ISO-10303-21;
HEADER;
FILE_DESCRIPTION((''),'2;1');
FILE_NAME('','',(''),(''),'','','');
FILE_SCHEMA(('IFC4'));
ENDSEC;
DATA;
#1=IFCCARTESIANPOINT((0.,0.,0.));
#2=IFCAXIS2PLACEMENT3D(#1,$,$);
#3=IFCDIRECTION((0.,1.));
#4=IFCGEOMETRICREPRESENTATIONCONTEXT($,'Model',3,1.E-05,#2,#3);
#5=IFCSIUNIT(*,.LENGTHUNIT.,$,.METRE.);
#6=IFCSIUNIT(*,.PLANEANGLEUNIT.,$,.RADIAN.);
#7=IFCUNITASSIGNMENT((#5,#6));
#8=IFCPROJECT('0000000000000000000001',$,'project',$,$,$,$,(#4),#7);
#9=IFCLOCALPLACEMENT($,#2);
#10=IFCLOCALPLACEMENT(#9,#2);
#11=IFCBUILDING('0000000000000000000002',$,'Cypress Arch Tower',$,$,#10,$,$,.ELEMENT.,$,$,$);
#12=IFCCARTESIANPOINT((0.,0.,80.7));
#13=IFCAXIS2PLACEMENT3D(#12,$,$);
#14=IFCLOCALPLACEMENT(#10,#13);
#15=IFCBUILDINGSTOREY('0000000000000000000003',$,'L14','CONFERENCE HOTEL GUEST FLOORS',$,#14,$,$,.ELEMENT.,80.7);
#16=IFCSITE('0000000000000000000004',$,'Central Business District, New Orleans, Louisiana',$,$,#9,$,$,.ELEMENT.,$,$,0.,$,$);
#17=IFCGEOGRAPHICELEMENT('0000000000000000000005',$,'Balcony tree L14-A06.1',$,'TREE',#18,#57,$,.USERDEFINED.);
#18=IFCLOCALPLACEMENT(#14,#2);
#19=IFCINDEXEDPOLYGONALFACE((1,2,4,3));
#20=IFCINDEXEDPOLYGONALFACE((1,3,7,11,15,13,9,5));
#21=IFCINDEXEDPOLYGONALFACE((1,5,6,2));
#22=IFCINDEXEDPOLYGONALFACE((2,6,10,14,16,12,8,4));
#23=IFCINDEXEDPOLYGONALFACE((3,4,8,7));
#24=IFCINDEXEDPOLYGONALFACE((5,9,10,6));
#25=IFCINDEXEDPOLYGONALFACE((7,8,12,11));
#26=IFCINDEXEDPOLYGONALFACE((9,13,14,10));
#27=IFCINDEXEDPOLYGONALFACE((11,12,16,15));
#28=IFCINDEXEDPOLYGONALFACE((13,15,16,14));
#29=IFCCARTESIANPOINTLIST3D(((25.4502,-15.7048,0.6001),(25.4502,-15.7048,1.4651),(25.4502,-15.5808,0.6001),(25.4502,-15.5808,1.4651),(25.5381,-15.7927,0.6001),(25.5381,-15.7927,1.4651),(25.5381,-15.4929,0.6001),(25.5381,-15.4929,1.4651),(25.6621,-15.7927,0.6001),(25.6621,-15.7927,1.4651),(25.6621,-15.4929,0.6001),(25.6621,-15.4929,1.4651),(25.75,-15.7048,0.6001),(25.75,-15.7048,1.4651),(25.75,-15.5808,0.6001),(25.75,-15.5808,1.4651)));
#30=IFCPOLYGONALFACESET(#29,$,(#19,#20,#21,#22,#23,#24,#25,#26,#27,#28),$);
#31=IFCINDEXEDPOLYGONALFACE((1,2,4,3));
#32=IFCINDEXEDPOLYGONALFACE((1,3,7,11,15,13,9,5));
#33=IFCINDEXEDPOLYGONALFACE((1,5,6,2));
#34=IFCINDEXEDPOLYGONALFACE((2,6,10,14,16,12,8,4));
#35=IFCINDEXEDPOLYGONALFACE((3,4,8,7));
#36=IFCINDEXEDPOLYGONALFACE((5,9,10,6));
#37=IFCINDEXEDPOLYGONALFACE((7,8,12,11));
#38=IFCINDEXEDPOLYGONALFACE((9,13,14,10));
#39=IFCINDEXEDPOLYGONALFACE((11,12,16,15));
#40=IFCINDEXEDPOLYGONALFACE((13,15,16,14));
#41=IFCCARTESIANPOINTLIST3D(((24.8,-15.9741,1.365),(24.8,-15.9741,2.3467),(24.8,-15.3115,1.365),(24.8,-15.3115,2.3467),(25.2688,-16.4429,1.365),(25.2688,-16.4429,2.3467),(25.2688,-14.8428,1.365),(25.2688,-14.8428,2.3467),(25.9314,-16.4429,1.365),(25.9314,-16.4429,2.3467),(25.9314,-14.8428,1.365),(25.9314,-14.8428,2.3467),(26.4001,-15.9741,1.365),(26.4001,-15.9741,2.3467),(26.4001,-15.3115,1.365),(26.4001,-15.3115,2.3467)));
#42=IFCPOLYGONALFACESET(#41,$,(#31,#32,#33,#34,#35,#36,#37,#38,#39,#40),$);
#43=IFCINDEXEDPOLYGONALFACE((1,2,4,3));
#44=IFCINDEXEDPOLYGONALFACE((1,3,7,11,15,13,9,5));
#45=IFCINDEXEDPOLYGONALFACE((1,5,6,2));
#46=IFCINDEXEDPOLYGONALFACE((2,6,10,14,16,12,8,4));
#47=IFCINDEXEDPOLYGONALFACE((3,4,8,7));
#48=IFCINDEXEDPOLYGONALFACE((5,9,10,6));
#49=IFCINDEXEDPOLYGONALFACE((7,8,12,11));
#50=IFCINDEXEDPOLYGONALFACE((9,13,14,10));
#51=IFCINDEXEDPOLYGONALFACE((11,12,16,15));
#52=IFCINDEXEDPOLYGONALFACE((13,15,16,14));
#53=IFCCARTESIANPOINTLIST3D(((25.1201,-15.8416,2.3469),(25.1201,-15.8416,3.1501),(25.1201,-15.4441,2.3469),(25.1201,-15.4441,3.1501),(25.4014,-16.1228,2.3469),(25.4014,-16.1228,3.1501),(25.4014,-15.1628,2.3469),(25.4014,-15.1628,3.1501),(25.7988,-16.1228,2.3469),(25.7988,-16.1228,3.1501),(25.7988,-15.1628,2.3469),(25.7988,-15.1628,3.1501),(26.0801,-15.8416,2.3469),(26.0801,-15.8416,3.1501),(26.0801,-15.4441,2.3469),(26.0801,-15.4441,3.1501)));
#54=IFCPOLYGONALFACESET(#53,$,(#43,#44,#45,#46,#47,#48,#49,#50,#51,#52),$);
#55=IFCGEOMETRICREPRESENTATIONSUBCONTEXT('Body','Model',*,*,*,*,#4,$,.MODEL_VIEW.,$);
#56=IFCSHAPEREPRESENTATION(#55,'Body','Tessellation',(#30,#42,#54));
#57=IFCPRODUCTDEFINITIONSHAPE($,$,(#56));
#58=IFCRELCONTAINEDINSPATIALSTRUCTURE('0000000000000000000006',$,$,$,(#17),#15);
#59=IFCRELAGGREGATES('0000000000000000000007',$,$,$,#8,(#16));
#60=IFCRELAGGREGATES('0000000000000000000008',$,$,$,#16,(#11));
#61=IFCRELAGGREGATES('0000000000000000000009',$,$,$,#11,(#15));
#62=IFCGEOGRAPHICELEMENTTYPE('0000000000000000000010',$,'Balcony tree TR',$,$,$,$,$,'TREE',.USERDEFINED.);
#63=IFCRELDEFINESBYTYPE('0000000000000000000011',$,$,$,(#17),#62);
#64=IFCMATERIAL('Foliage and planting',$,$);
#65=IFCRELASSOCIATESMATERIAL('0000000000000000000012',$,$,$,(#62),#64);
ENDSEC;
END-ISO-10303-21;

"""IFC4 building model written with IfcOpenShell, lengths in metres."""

from ifc_helpers import new_model, si_unit, direction, frame, origin, place, context, subcontext, project, spatial, polyline, outline, extrude, material, type_object, element, save


model = new_model("IFC4")

# Units and contexts
model_context = context("Model", 3, precision=1e-05, world=origin(), true_north=direction((0.0, 1.0)))
body_context = subcontext(model_context, "Body", "Model", "MODEL_VIEW")
ifc_project = project(units=[si_unit("LENGTHUNIT", "METRE"), si_unit("PLANEANGLEUNIT", "RADIAN")], contexts=[model_context])

# Site, building, storey
site_placement = place(None, origin())
site = spatial("IfcSite", under=ifc_project, at=site_placement, Name="Central Business District, New Orleans, Louisiana", CompositionType="ELEMENT", RefElevation=0.0)
building_placement = place(site_placement, origin())
building = spatial("IfcBuilding", under=site, at=building_placement, Name="Cypress Arch Tower", CompositionType="ELEMENT")
storey_placement = place(building_placement, frame((0.0, 0.0, 80.7)))
storey = spatial("IfcBuildingStorey", under=building, at=storey_placement, Name="L14", Description="CONFERENCE HOTEL GUEST FLOORS", CompositionType="ELEMENT", Elevation=80.7)

# Geographic element
ifc_material_1 = material(Name="Foliage and planting")
geographic_element_type = type_object("IfcGeographicElementType", Name="Balcony tree TR", ElementType="TREE", PredefinedType="USERDEFINED", material=ifc_material_1)
geographic_element_placement = place(storey_placement, frame((25.6001, -15.6428, 0.6001), z_axis=(0.0, 0.0, 1.0), x_axis=(1.0, 0.0, 0.0)))
element("IfcGeographicElement", 1, at=geographic_element_placement, inside=storey, type_object=geographic_element_type, Name="Balcony tree L14-A06.1", ObjectType="TREE", PredefinedType="USERDEFINED", context=body_context, shape_type="SweptSolid", body=[
    extrude(outline(polyline([(0.1499, 0.062), (0.062, 0.1499), (-0.062, 0.1499), (-0.1499, 0.062), (-0.1499, -0.062), (-0.062, -0.1499), (0.062, -0.1499), (0.1499, -0.062), (0.1499, 0.062)])), origin(), (0.0, 0.0, 1.0), 0.865),
    extrude(outline(polyline([(0.8, 0.3313), (0.3313, 0.8), (-0.3313, 0.8), (-0.8, 0.3313), (-0.8, -0.3313), (-0.3313, -0.8), (0.3313, -0.8), (0.8, -0.3313), (0.8, 0.3313)])), frame((0.0, 0.0, 0.7649)), (0.0, 0.0, 1.0), 0.9817),
    extrude(outline(polyline([(0.48, 0.1987), (0.1987, 0.48), (-0.1987, 0.48), (-0.48, 0.1987), (-0.48, -0.1987), (-0.1987, -0.48), (0.1987, -0.48), (0.48, -0.1987), (0.48, 0.1987)])), frame((0.0, 0.0, 1.7468)), (0.0, 0.0, 1.0), 0.8032),
])

save(model, "model.ifc")
